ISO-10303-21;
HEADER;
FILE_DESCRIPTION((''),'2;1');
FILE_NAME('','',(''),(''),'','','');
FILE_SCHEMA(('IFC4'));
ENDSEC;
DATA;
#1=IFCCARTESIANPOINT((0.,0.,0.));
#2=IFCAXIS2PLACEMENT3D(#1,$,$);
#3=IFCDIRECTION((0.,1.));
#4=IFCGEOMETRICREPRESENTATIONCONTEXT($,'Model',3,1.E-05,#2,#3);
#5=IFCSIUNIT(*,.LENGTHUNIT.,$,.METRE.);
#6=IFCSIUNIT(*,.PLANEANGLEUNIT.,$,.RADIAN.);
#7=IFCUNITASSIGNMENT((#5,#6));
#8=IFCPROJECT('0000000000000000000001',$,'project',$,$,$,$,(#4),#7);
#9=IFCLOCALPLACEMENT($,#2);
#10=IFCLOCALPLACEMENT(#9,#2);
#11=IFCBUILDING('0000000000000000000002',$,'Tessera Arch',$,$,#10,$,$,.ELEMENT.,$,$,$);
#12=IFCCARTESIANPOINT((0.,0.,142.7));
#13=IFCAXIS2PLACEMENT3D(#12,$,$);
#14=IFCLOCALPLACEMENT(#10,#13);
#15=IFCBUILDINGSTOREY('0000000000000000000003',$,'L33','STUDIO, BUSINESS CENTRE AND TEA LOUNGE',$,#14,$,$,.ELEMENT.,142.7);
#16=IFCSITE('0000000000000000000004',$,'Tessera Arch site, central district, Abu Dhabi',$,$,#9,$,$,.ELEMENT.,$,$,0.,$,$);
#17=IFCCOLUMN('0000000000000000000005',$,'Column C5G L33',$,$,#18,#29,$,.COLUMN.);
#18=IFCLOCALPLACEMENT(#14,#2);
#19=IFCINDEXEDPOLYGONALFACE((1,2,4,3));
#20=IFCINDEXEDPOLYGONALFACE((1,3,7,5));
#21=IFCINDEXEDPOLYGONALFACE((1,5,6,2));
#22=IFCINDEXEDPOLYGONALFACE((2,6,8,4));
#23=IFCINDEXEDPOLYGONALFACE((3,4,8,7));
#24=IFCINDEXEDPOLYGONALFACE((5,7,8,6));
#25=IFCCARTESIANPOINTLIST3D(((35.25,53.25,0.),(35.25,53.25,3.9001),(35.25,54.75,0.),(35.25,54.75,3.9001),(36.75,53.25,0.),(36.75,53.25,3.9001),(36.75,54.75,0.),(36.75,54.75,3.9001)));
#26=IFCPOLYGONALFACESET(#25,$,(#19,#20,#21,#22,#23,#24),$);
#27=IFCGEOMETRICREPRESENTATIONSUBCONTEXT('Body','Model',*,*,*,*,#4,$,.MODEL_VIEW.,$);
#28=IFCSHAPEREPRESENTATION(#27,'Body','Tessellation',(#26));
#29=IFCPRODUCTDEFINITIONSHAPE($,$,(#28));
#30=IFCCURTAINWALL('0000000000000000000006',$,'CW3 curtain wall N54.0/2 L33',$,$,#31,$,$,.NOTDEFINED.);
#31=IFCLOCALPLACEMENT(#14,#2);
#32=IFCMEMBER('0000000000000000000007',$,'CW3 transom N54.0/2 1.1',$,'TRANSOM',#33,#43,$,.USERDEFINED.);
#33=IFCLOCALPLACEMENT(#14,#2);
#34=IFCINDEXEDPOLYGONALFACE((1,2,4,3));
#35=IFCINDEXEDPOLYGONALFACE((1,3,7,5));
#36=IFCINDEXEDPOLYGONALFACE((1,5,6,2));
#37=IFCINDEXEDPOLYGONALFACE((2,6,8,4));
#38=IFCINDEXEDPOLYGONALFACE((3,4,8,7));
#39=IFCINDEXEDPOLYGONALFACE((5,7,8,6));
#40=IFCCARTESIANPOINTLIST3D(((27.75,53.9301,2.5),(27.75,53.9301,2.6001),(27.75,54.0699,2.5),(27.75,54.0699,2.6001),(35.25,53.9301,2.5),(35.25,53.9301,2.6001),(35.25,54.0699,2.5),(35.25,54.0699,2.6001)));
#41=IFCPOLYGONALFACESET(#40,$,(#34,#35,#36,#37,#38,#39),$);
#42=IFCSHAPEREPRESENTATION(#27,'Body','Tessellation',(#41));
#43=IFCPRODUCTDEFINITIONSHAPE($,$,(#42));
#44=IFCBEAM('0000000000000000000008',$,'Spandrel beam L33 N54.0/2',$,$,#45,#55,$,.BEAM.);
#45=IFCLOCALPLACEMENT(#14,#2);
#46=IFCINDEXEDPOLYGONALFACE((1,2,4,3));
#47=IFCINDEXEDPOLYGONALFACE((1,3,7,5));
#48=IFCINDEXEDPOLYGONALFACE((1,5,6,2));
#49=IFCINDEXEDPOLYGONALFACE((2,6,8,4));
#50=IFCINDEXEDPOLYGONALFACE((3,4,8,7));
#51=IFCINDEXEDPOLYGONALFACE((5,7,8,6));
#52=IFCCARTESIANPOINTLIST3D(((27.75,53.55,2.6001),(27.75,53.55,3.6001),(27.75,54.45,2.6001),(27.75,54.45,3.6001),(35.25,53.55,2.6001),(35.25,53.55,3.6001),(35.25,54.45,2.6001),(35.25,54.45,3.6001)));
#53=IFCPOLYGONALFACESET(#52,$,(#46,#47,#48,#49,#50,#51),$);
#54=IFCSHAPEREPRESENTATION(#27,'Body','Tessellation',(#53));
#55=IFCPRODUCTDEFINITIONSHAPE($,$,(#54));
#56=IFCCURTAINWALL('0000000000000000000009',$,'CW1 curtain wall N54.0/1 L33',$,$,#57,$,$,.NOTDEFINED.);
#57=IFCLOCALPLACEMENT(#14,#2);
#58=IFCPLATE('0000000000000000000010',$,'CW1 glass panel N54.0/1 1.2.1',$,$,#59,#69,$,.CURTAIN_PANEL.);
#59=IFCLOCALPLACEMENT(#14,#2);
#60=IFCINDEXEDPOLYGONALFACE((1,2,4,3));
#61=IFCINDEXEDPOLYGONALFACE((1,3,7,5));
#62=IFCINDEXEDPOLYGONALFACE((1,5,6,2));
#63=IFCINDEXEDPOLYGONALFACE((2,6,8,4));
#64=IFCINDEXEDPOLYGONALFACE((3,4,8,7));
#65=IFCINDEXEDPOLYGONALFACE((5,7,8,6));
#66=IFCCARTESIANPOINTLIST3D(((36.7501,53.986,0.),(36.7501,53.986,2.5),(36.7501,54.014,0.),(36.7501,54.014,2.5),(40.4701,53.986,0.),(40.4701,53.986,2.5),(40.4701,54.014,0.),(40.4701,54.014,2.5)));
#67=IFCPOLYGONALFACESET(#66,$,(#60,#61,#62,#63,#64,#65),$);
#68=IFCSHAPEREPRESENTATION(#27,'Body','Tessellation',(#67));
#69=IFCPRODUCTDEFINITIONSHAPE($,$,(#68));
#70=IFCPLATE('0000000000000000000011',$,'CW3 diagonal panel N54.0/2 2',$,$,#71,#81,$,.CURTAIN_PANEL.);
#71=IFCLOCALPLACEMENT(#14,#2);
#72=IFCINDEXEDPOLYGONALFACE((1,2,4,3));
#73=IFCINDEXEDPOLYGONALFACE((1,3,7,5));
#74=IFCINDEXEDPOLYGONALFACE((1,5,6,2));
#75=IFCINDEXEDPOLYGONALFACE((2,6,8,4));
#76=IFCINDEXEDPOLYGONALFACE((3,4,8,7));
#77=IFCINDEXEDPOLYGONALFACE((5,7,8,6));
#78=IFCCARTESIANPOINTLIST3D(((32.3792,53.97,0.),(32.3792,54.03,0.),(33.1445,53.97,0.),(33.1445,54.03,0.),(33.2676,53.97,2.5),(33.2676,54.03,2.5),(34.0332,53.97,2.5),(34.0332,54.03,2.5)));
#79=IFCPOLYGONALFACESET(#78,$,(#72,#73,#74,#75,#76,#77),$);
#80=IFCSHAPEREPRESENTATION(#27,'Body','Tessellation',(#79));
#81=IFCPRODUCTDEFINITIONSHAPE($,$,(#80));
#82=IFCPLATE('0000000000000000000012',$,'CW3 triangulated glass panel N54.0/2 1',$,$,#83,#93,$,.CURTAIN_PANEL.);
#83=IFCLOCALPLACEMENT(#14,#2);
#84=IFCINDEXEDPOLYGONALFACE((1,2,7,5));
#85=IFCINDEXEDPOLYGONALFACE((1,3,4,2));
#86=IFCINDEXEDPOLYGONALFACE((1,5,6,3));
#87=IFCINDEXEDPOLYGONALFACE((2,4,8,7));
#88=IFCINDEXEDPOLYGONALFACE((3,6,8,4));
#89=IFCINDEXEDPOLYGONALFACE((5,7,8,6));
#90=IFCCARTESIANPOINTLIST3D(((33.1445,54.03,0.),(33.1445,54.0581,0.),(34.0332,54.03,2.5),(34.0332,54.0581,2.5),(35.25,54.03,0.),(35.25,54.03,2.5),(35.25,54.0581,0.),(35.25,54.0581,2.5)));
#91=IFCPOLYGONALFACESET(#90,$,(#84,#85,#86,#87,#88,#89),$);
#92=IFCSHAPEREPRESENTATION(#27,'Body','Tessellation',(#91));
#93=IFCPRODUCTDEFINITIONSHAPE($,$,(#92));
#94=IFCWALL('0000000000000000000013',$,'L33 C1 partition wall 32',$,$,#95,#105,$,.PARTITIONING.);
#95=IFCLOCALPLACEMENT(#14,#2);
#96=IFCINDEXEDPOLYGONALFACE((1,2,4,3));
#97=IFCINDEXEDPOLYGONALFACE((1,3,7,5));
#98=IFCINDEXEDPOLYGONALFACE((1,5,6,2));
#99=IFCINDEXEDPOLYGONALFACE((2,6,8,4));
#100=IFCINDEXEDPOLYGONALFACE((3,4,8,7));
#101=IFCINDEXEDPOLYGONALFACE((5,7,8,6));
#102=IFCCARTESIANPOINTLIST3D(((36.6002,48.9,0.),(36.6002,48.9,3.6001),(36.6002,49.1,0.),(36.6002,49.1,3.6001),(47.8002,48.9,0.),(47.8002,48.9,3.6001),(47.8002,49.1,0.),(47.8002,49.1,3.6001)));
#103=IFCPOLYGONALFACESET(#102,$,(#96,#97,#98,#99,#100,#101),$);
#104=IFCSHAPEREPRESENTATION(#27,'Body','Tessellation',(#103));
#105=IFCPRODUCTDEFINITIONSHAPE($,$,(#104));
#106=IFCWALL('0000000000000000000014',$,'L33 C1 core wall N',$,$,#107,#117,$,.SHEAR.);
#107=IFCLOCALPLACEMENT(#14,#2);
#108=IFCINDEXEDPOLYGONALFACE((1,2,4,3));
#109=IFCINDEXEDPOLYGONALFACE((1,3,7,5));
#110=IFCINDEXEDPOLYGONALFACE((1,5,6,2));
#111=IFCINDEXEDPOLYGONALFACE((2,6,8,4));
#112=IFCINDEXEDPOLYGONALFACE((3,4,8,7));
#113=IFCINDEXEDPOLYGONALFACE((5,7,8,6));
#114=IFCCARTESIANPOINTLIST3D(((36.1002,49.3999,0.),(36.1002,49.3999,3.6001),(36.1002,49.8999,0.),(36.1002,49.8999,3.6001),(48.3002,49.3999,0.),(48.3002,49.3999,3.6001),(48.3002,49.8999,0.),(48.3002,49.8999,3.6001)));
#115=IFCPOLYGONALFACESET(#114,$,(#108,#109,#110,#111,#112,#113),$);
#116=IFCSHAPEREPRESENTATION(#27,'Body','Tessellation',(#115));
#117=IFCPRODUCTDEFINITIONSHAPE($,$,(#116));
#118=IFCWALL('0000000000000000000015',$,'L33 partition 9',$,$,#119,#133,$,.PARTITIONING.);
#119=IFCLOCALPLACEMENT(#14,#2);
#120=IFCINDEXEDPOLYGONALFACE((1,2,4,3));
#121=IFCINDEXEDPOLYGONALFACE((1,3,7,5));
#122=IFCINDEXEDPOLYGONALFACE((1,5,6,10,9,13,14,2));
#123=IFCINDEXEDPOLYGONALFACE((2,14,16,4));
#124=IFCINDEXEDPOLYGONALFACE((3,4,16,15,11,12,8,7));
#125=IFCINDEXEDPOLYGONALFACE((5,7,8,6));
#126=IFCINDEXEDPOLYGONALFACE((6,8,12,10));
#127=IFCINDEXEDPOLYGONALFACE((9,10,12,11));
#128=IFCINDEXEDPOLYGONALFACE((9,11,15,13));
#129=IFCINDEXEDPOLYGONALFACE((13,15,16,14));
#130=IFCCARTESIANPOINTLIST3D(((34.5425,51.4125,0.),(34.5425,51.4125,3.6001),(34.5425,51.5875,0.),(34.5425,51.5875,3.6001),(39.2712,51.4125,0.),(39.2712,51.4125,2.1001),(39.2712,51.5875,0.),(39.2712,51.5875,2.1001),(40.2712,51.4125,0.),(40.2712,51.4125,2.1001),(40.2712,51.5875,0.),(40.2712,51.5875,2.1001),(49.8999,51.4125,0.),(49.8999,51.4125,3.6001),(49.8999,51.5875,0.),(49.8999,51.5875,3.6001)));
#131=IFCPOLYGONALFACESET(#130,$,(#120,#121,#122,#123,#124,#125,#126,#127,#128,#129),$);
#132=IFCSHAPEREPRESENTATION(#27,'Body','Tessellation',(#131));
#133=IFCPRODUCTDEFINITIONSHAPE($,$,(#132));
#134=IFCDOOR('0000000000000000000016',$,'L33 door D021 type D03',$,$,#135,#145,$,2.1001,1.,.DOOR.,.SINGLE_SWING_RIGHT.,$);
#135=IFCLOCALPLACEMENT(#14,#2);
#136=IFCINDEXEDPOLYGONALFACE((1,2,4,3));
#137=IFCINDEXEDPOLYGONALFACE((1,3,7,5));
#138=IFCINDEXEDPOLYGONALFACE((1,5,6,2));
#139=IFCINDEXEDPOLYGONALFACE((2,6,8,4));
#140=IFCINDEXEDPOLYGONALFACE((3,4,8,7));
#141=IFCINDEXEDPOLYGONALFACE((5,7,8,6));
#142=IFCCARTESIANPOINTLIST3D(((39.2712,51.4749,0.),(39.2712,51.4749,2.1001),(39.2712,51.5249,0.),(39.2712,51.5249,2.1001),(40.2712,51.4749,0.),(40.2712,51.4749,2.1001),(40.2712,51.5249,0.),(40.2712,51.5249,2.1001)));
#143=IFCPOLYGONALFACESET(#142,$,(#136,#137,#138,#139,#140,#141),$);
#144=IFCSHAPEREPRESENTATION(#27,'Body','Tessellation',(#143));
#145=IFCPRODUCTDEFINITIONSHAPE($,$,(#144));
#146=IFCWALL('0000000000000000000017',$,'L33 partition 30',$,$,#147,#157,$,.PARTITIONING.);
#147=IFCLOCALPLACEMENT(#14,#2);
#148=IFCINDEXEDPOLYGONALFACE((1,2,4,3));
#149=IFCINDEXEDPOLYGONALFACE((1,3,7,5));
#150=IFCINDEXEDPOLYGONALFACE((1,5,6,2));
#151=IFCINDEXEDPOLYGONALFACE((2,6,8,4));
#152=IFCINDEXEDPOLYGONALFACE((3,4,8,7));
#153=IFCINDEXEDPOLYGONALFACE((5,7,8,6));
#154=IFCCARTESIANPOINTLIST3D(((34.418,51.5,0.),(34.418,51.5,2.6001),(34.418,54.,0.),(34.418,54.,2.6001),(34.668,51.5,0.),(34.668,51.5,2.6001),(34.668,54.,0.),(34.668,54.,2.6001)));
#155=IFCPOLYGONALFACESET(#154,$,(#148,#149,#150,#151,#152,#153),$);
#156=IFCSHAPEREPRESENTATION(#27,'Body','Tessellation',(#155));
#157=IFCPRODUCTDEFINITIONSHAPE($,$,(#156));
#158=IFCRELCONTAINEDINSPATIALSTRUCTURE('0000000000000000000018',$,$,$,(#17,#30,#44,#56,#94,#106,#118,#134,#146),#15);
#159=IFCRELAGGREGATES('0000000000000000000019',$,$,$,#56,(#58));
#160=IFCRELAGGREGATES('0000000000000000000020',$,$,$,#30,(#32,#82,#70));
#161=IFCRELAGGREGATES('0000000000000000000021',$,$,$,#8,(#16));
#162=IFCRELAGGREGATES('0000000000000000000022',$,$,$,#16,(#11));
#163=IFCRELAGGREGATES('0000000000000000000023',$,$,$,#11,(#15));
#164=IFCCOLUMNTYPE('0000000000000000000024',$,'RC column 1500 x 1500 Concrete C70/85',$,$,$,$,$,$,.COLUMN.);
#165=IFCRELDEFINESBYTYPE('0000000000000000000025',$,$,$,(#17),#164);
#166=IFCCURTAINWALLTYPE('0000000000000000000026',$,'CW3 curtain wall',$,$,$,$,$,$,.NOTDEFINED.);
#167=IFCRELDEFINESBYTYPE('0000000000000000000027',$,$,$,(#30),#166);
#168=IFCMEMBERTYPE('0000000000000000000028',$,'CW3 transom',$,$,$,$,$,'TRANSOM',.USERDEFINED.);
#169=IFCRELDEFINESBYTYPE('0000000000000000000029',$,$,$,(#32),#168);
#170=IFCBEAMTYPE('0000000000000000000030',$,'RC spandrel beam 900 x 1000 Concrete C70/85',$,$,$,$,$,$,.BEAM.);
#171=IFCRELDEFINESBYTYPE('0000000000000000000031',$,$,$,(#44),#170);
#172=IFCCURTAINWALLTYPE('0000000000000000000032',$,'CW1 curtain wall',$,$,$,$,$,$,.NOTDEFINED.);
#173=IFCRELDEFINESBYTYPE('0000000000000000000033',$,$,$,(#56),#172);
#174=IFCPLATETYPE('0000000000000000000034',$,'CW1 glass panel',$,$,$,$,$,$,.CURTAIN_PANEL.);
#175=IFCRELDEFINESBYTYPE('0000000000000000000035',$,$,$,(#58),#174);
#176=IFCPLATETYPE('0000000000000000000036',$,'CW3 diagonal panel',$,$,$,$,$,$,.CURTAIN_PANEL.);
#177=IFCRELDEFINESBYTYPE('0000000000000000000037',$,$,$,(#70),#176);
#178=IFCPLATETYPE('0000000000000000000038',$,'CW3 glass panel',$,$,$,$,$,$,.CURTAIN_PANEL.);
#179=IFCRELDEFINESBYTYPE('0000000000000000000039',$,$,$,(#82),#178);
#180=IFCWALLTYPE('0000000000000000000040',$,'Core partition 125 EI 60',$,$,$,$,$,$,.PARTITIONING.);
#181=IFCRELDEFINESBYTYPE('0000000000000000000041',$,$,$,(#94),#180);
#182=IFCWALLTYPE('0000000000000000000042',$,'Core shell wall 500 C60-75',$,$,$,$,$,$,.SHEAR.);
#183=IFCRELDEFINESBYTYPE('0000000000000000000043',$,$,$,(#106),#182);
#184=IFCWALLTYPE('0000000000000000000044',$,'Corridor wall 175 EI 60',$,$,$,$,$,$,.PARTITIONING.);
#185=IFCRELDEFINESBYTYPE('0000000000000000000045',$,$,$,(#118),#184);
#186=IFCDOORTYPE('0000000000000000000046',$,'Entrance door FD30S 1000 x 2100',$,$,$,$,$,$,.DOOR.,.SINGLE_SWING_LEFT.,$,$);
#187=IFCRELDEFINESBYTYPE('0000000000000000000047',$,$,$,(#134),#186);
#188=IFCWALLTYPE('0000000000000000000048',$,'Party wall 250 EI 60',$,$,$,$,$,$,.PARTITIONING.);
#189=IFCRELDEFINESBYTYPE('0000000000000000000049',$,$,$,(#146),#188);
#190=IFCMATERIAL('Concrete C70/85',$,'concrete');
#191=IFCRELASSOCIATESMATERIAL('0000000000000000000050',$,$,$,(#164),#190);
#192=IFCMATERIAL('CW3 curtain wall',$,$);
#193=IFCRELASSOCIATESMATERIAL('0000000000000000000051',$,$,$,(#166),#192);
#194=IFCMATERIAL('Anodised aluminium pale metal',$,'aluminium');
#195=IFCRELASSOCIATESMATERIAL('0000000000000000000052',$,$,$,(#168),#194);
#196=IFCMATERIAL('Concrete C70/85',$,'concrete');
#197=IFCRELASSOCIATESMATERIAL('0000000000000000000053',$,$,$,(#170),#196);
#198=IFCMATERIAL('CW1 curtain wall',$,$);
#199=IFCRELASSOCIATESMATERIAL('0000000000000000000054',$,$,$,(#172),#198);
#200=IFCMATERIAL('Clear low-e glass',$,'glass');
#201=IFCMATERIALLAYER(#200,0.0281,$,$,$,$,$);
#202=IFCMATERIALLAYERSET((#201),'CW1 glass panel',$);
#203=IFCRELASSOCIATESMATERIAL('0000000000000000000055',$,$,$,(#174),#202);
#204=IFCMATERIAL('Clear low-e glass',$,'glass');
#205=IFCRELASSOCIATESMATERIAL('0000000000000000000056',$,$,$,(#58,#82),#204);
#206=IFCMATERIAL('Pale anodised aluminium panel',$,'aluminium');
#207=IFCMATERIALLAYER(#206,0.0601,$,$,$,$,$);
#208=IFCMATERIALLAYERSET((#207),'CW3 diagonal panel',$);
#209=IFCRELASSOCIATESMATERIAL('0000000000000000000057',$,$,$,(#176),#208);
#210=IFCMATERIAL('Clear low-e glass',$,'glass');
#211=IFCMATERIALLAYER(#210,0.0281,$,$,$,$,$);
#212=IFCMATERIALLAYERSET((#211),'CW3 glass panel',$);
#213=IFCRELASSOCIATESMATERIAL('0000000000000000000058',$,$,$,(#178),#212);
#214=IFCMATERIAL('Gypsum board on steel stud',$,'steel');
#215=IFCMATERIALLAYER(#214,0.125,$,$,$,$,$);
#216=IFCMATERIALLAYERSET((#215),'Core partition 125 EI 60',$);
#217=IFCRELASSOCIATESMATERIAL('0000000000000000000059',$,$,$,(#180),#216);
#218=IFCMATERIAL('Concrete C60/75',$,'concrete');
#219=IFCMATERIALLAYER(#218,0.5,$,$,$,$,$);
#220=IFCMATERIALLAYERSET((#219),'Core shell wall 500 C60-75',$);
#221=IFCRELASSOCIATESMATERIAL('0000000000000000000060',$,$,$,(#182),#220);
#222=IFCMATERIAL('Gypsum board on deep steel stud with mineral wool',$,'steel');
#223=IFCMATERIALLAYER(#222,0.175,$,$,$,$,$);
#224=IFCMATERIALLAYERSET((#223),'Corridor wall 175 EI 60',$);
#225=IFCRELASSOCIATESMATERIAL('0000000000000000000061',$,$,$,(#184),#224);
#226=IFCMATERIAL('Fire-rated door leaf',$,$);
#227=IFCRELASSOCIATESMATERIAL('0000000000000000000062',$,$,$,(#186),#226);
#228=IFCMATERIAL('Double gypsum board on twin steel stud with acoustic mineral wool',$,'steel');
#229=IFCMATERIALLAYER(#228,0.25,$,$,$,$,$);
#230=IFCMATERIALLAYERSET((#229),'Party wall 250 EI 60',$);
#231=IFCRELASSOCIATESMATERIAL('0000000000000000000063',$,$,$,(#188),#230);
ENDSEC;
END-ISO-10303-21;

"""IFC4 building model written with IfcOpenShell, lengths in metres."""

from ifc_helpers import new_model, si_unit, direction, frame, frame_2d, origin, origin_2d, place, context, subcontext, project, spatial, polyline, rectangle, outline, extrude, material, layer, layer_set, material_profile, profile_set, type_object, element, fill, aggregate, save


model = new_model("IFC4")

# Units and contexts
model_context = context("Model", 3, precision=1e-05, world=origin(), true_north=direction((0.0, 1.0)))
body_context = subcontext(model_context, "Body", "Model", "MODEL_VIEW")
ifc_project = project(units=[si_unit("LENGTHUNIT", "METRE"), si_unit("PLANEANGLEUNIT", "RADIAN")], contexts=[model_context])

# Site, building, storey
site_placement = place(None, origin())
site = spatial("IfcSite", under=ifc_project, at=site_placement, Name="Tessera Arch site, central district, Abu Dhabi", CompositionType="ELEMENT", RefElevation=0.0)
building_placement = place(site_placement, origin())
building = spatial("IfcBuilding", under=site, at=building_placement, Name="Tessera Arch", CompositionType="ELEMENT")
storey_placement = place(building_placement, frame((0.0, 0.0, 142.7)))
storey = spatial("IfcBuildingStorey", under=building, at=storey_placement, Name="L33", Description="STUDIO, BUSINESS CENTRE AND TEA LOUNGE", CompositionType="ELEMENT", Elevation=142.7)

# Column
ifc_material_1 = material(Name="Concrete C70/85", Category="concrete")
ifc_material_profile_1 = material_profile(ifc_material_1, rectangle(XDim=1.5, YDim=1.5, at=origin_2d()), Name="RC column 1500 x 1500 Concrete C70/85")
ifc_profile_set_1 = profile_set([ifc_material_profile_1], Name="Concrete C70/85")
column_type = type_object("IfcColumnType", Name="RC column 1500 x 1500 Concrete C70/85", PredefinedType="COLUMN", material=ifc_profile_set_1)
column_placement = place(storey_placement, frame((36.0, 54.0, 0.0), z_axis=(0.0, 0.0, 1.0), x_axis=(1.0, 0.0, 0.0)))
element("IfcColumn", 1, at=column_placement, inside=storey, type_object=column_type, Name="Column C5G L33", PredefinedType="COLUMN", context=body_context, shape_type="SweptSolid", body=[
    extrude(rectangle(XDim=1.5, YDim=1.5, at=origin_2d()), origin(), (0.0, 0.0, 1.0), 3.9001),
])

# Curtain wall, member
ifc_material_2 = material(Name="CW3 curtain wall")
curtain_wall_type_1 = type_object("IfcCurtainWallType", Name="CW3 curtain wall", PredefinedType="NOTDEFINED", material=ifc_material_2)
curtain_wall_1_placement = place(storey_placement, origin())
curtain_wall_1 = element("IfcCurtainWall", 2, at=curtain_wall_1_placement, inside=storey, type_object=curtain_wall_type_1, Name="CW3 curtain wall N54.0/2 L33", PredefinedType="NOTDEFINED")
ifc_material_3 = material(Name="Anodised aluminium pale metal", Category="aluminium")
ifc_material_profile_2 = material_profile(ifc_material_3, rectangle(XDim=0.1399, YDim=0.1001, at=origin_2d()), Name="AL 140x100")
ifc_profile_set_2 = profile_set([ifc_material_profile_2], Name="Anodised aluminium pale metal")
member_type = type_object("IfcMemberType", Name="CW3 transom", ElementType="TRANSOM", PredefinedType="USERDEFINED", material=ifc_profile_set_2)
member_placement = place(storey_placement, frame((35.25, 54.0, 2.55), z_axis=(-1.0, 0.0, 0.0), x_axis=(0.0, -1.0, 0.0)))
member = element("IfcMember", 3, at=member_placement, type_object=member_type, Name="CW3 transom N54.0/2 1.1", ObjectType="TRANSOM", PredefinedType="USERDEFINED", context=body_context, shape_type="SweptSolid", body=[
    extrude(rectangle(XDim=0.1399, YDim=0.1001, at=origin_2d()), origin(), (0.0, 0.0, 1.0), 7.5),
])

# Beam
ifc_material_4 = material(Name="Concrete C70/85", Category="concrete")
ifc_material_profile_3 = material_profile(ifc_material_4, rectangle(XDim=0.8999, YDim=1.0, at=origin_2d()), Name="RC spandrel beam 900 x 1000 Concrete C70/85")
ifc_profile_set_3 = profile_set([ifc_material_profile_3], Name="Concrete C70/85")
beam_type = type_object("IfcBeamType", Name="RC spandrel beam 900 x 1000 Concrete C70/85", PredefinedType="BEAM", material=ifc_profile_set_3)
beam_placement = place(storey_placement, frame((35.25, 54.0, 3.1001), z_axis=(-1.0, 0.0, 0.0), x_axis=(0.0, -1.0, 0.0)))
element("IfcBeam", 4, at=beam_placement, inside=storey, type_object=beam_type, Name="Spandrel beam L33 N54.0/2", PredefinedType="BEAM", context=body_context, shape_type="SweptSolid", body=[
    extrude(rectangle(XDim=0.8999, YDim=1.0, at=origin_2d()), origin(), (0.0, 0.0, 1.0), 7.5),
])

# Curtain wall, plate
ifc_material_5 = material(Name="CW1 curtain wall")
curtain_wall_type_2 = type_object("IfcCurtainWallType", Name="CW1 curtain wall", PredefinedType="NOTDEFINED", material=ifc_material_5)
curtain_wall_2_placement = place(storey_placement, origin())
curtain_wall_2 = element("IfcCurtainWall", 5, at=curtain_wall_2_placement, inside=storey, type_object=curtain_wall_type_2, Name="CW1 curtain wall N54.0/1 L33", PredefinedType="NOTDEFINED")
ifc_material_6 = material(Name="Clear low-e glass", Category="glass")
ifc_material_7 = material(Name="Clear low-e glass", Category="glass")
ifc_layer_1 = layer(ifc_material_7, 0.0281)
ifc_layer_set_1 = layer_set([ifc_layer_1], Name="CW1 glass panel")
plate_type_1 = type_object("IfcPlateType", Name="CW1 glass panel", PredefinedType="CURTAIN_PANEL", material=ifc_layer_set_1)
plate_1_placement = place(storey_placement, frame((38.6101, 54.0, 0.0), z_axis=(0.0, 0.0, 1.0), x_axis=(-1.0, 0.0, 0.0)))
plate_1 = element("IfcPlate", 6, at=plate_1_placement, type_object=plate_type_1, material=ifc_material_6, Name="CW1 glass panel N54.0/1 1.2.1", PredefinedType="CURTAIN_PANEL", context=body_context, shape_type="SweptSolid", body=[
    extrude(rectangle(XDim=3.72, YDim=0.0281, at=origin_2d()), origin(), (0.0, 0.0, 1.0), 2.5),
])
aggregate(curtain_wall_2, [plate_1])

# Plates
ifc_material_8 = material(Name="Pale anodised aluminium panel", Category="aluminium")
ifc_layer_2 = layer(ifc_material_8, 0.0601)
ifc_layer_set_2 = layer_set([ifc_layer_2], Name="CW3 diagonal panel")
plate_type_2 = type_object("IfcPlateType", Name="CW3 diagonal panel", PredefinedType="CURTAIN_PANEL", material=ifc_layer_set_2)
plate_2_placement = place(storey_placement, frame((33.2676, 54.03, 2.5), z_axis=(0.0, 1.0, 0.0), x_axis=(1.0, 0.0, 0.0)))
plate_2 = element("IfcPlate", 7, at=plate_2_placement, type_object=plate_type_2, Name="CW3 diagonal panel N54.0/2 2", PredefinedType="CURTAIN_PANEL", context=body_context, shape_type="SweptSolid", body=[
    extrude(outline(polyline([(0.0, 0.0), (0.7656, 0.0), (-0.123, 2.5), (-0.8884, 2.5), (0.0, 0.0)])), origin(), (0.0, 0.0, -1.0), 0.0601),
])
ifc_material_9 = material(Name="Clear low-e glass", Category="glass")
ifc_layer_3 = layer(ifc_material_9, 0.0281)
ifc_layer_set_3 = layer_set([ifc_layer_3], Name="CW3 glass panel")
plate_type_3 = type_object("IfcPlateType", Name="CW3 glass panel", PredefinedType="CURTAIN_PANEL", material=ifc_layer_set_3)
plate_3_placement = place(storey_placement, frame((35.25, 54.0581, 0.0), z_axis=(0.0, 1.0, 0.0), x_axis=(-1.0, 0.0, 0.0)))
plate_3 = element("IfcPlate", 8, at=plate_3_placement, type_object=plate_type_3, material=ifc_material_6, Name="CW3 triangulated glass panel N54.0/2 1", PredefinedType="CURTAIN_PANEL", context=body_context, shape_type="SweptSolid", body=[
    extrude(outline(polyline([(0.0, 0.0), (2.1055, 0.0), (1.2168, 2.5), (0.0, 2.5), (0.0, 0.0)])), origin(), (0.0, 0.0, -1.0), 0.0281),
])
aggregate(curtain_wall_1, [member, plate_3, plate_2])

# Walls
ifc_material_10 = material(Name="Gypsum board on steel stud", Category="steel")
ifc_layer_4 = layer(ifc_material_10, 0.125)
ifc_layer_set_4 = layer_set([ifc_layer_4], Name="Core partition 125 EI 60")
wall_type_1 = type_object("IfcWallType", Name="Core partition 125 EI 60", PredefinedType="PARTITIONING", material=ifc_layer_set_4)
wall_1_placement = place(storey_placement, frame((36.6001, 49.0, 0.0), z_axis=(0.0, 0.0, 1.0), x_axis=(1.0, 0.0, 0.0)))
element("IfcWall", 9, at=wall_1_placement, inside=storey, type_object=wall_type_1, Name="L33 C1 partition wall 32", PredefinedType="PARTITIONING", context=body_context, shape_type="SweptSolid", body=[
    extrude(rectangle(XDim=11.2, YDim=0.2, at=frame_2d((5.6001, 0.0))), origin(), (0.0, 0.0, 1.0), 3.6001),
])
ifc_material_11 = material(Name="Concrete C60/75", Category="concrete")
ifc_layer_5 = layer(ifc_material_11, 0.5)
ifc_layer_set_5 = layer_set([ifc_layer_5], Name="Core shell wall 500 C60-75")
wall_type_2 = type_object("IfcWallType", Name="Core shell wall 500 C60-75", PredefinedType="SHEAR", material=ifc_layer_set_5)
wall_2_placement = place(storey_placement, frame((36.1001, 49.6499, 0.0), z_axis=(0.0, 0.0, 1.0), x_axis=(1.0, 0.0, 0.0)))
element("IfcWall", 10, at=wall_2_placement, inside=storey, type_object=wall_type_2, Name="L33 C1 core wall N", PredefinedType="SHEAR", context=body_context, shape_type="SweptSolid", body=[
    extrude(rectangle(XDim=12.2, YDim=0.5, at=frame_2d((6.1001, 0.0))), origin(), (0.0, 0.0, 1.0), 3.6001),
])

# Wall, opening, door
ifc_material_12 = material(Name="Gypsum board on deep steel stud with mineral wool", Category="steel")
ifc_layer_6 = layer(ifc_material_12, 0.175)
ifc_layer_set_6 = layer_set([ifc_layer_6], Name="Corridor wall 175 EI 60")
wall_type_3 = type_object("IfcWallType", Name="Corridor wall 175 EI 60", PredefinedType="PARTITIONING", material=ifc_layer_set_6)
wall_3_placement = place(storey_placement, frame((34.5425, 51.5, 0.0), z_axis=(0.0, 0.0, 1.0), x_axis=(1.0, 0.0, 0.0)))
wall_3 = element("IfcWall", 11, at=wall_3_placement, inside=storey, type_object=wall_type_3, Name="L33 partition 9", PredefinedType="PARTITIONING", context=body_context, shape_type="SweptSolid", body=[
    extrude(rectangle(XDim=15.3574, YDim=0.175, at=frame_2d((7.6787, 0.0))), origin(), (0.0, 0.0, 1.0), 3.6001),
])
opening_placement = place(wall_3_placement, frame((4.7288, 0.0, 0.0)))
opening = element("IfcOpeningElement", 12, at=opening_placement, cuts=wall_3, PredefinedType="OPENING", context=body_context, shape_type="SweptSolid", body=[
    extrude(rectangle(XDim=1.0, YDim=2.1001, at=frame_2d((0.5, 1.05))), frame((0.0, 0.0974, 0.0), z_axis=(0.0, -1.0, 0.0), x_axis=(1.0, 0.0, 0.0)), (0.0, 0.0, 1.0), 0.1951),
])
ifc_material_13 = material(Name="Fire-rated door leaf")
door_type = type_object("IfcDoorType", Name="Entrance door FD30S 1000 x 2100", OperationType="SINGLE_SWING_LEFT", PredefinedType="DOOR", material=ifc_material_13)
door_placement = place(opening_placement, origin())
door = element("IfcDoor", 13, at=door_placement, inside=storey, type_object=door_type, Name="L33 door D021 type D03", OperationType="SINGLE_SWING_RIGHT", OverallHeight=2.1001, OverallWidth=1.0, PredefinedType="DOOR", context=body_context, shape_type="SweptSolid", body=[
    extrude(rectangle(XDim=1.0, YDim=2.1001, at=frame_2d((0.5, 1.05))), frame((0.0, 0.0249, 0.0), z_axis=(0.0, -1.0, 0.0), x_axis=(1.0, 0.0, 0.0)), (0.0, 0.0, 1.0), 0.05),
])
fill(opening, door)

# Wall
ifc_material_14 = material(Name="Double gypsum board on twin steel stud with acoustic mineral wool", Category="steel")
ifc_layer_7 = layer(ifc_material_14, 0.25)
ifc_layer_set_7 = layer_set([ifc_layer_7], Name="Party wall 250 EI 60")
wall_type_4 = type_object("IfcWallType", Name="Party wall 250 EI 60", PredefinedType="PARTITIONING", material=ifc_layer_set_7)
wall_4_placement = place(storey_placement, frame((34.543, 51.5, 0.0), z_axis=(0.0, 0.0, 1.0), x_axis=(0.0, 1.0, 0.0)))
element("IfcWall", 14, at=wall_4_placement, inside=storey, type_object=wall_type_4, Name="L33 partition 30", PredefinedType="PARTITIONING", context=body_context, shape_type="SweptSolid", body=[
    extrude(rectangle(XDim=2.5, YDim=0.25, at=frame_2d((1.25, 0.0))), origin(), (0.0, 0.0, 1.0), 2.6001),
])

save(model, "model.ifc")
